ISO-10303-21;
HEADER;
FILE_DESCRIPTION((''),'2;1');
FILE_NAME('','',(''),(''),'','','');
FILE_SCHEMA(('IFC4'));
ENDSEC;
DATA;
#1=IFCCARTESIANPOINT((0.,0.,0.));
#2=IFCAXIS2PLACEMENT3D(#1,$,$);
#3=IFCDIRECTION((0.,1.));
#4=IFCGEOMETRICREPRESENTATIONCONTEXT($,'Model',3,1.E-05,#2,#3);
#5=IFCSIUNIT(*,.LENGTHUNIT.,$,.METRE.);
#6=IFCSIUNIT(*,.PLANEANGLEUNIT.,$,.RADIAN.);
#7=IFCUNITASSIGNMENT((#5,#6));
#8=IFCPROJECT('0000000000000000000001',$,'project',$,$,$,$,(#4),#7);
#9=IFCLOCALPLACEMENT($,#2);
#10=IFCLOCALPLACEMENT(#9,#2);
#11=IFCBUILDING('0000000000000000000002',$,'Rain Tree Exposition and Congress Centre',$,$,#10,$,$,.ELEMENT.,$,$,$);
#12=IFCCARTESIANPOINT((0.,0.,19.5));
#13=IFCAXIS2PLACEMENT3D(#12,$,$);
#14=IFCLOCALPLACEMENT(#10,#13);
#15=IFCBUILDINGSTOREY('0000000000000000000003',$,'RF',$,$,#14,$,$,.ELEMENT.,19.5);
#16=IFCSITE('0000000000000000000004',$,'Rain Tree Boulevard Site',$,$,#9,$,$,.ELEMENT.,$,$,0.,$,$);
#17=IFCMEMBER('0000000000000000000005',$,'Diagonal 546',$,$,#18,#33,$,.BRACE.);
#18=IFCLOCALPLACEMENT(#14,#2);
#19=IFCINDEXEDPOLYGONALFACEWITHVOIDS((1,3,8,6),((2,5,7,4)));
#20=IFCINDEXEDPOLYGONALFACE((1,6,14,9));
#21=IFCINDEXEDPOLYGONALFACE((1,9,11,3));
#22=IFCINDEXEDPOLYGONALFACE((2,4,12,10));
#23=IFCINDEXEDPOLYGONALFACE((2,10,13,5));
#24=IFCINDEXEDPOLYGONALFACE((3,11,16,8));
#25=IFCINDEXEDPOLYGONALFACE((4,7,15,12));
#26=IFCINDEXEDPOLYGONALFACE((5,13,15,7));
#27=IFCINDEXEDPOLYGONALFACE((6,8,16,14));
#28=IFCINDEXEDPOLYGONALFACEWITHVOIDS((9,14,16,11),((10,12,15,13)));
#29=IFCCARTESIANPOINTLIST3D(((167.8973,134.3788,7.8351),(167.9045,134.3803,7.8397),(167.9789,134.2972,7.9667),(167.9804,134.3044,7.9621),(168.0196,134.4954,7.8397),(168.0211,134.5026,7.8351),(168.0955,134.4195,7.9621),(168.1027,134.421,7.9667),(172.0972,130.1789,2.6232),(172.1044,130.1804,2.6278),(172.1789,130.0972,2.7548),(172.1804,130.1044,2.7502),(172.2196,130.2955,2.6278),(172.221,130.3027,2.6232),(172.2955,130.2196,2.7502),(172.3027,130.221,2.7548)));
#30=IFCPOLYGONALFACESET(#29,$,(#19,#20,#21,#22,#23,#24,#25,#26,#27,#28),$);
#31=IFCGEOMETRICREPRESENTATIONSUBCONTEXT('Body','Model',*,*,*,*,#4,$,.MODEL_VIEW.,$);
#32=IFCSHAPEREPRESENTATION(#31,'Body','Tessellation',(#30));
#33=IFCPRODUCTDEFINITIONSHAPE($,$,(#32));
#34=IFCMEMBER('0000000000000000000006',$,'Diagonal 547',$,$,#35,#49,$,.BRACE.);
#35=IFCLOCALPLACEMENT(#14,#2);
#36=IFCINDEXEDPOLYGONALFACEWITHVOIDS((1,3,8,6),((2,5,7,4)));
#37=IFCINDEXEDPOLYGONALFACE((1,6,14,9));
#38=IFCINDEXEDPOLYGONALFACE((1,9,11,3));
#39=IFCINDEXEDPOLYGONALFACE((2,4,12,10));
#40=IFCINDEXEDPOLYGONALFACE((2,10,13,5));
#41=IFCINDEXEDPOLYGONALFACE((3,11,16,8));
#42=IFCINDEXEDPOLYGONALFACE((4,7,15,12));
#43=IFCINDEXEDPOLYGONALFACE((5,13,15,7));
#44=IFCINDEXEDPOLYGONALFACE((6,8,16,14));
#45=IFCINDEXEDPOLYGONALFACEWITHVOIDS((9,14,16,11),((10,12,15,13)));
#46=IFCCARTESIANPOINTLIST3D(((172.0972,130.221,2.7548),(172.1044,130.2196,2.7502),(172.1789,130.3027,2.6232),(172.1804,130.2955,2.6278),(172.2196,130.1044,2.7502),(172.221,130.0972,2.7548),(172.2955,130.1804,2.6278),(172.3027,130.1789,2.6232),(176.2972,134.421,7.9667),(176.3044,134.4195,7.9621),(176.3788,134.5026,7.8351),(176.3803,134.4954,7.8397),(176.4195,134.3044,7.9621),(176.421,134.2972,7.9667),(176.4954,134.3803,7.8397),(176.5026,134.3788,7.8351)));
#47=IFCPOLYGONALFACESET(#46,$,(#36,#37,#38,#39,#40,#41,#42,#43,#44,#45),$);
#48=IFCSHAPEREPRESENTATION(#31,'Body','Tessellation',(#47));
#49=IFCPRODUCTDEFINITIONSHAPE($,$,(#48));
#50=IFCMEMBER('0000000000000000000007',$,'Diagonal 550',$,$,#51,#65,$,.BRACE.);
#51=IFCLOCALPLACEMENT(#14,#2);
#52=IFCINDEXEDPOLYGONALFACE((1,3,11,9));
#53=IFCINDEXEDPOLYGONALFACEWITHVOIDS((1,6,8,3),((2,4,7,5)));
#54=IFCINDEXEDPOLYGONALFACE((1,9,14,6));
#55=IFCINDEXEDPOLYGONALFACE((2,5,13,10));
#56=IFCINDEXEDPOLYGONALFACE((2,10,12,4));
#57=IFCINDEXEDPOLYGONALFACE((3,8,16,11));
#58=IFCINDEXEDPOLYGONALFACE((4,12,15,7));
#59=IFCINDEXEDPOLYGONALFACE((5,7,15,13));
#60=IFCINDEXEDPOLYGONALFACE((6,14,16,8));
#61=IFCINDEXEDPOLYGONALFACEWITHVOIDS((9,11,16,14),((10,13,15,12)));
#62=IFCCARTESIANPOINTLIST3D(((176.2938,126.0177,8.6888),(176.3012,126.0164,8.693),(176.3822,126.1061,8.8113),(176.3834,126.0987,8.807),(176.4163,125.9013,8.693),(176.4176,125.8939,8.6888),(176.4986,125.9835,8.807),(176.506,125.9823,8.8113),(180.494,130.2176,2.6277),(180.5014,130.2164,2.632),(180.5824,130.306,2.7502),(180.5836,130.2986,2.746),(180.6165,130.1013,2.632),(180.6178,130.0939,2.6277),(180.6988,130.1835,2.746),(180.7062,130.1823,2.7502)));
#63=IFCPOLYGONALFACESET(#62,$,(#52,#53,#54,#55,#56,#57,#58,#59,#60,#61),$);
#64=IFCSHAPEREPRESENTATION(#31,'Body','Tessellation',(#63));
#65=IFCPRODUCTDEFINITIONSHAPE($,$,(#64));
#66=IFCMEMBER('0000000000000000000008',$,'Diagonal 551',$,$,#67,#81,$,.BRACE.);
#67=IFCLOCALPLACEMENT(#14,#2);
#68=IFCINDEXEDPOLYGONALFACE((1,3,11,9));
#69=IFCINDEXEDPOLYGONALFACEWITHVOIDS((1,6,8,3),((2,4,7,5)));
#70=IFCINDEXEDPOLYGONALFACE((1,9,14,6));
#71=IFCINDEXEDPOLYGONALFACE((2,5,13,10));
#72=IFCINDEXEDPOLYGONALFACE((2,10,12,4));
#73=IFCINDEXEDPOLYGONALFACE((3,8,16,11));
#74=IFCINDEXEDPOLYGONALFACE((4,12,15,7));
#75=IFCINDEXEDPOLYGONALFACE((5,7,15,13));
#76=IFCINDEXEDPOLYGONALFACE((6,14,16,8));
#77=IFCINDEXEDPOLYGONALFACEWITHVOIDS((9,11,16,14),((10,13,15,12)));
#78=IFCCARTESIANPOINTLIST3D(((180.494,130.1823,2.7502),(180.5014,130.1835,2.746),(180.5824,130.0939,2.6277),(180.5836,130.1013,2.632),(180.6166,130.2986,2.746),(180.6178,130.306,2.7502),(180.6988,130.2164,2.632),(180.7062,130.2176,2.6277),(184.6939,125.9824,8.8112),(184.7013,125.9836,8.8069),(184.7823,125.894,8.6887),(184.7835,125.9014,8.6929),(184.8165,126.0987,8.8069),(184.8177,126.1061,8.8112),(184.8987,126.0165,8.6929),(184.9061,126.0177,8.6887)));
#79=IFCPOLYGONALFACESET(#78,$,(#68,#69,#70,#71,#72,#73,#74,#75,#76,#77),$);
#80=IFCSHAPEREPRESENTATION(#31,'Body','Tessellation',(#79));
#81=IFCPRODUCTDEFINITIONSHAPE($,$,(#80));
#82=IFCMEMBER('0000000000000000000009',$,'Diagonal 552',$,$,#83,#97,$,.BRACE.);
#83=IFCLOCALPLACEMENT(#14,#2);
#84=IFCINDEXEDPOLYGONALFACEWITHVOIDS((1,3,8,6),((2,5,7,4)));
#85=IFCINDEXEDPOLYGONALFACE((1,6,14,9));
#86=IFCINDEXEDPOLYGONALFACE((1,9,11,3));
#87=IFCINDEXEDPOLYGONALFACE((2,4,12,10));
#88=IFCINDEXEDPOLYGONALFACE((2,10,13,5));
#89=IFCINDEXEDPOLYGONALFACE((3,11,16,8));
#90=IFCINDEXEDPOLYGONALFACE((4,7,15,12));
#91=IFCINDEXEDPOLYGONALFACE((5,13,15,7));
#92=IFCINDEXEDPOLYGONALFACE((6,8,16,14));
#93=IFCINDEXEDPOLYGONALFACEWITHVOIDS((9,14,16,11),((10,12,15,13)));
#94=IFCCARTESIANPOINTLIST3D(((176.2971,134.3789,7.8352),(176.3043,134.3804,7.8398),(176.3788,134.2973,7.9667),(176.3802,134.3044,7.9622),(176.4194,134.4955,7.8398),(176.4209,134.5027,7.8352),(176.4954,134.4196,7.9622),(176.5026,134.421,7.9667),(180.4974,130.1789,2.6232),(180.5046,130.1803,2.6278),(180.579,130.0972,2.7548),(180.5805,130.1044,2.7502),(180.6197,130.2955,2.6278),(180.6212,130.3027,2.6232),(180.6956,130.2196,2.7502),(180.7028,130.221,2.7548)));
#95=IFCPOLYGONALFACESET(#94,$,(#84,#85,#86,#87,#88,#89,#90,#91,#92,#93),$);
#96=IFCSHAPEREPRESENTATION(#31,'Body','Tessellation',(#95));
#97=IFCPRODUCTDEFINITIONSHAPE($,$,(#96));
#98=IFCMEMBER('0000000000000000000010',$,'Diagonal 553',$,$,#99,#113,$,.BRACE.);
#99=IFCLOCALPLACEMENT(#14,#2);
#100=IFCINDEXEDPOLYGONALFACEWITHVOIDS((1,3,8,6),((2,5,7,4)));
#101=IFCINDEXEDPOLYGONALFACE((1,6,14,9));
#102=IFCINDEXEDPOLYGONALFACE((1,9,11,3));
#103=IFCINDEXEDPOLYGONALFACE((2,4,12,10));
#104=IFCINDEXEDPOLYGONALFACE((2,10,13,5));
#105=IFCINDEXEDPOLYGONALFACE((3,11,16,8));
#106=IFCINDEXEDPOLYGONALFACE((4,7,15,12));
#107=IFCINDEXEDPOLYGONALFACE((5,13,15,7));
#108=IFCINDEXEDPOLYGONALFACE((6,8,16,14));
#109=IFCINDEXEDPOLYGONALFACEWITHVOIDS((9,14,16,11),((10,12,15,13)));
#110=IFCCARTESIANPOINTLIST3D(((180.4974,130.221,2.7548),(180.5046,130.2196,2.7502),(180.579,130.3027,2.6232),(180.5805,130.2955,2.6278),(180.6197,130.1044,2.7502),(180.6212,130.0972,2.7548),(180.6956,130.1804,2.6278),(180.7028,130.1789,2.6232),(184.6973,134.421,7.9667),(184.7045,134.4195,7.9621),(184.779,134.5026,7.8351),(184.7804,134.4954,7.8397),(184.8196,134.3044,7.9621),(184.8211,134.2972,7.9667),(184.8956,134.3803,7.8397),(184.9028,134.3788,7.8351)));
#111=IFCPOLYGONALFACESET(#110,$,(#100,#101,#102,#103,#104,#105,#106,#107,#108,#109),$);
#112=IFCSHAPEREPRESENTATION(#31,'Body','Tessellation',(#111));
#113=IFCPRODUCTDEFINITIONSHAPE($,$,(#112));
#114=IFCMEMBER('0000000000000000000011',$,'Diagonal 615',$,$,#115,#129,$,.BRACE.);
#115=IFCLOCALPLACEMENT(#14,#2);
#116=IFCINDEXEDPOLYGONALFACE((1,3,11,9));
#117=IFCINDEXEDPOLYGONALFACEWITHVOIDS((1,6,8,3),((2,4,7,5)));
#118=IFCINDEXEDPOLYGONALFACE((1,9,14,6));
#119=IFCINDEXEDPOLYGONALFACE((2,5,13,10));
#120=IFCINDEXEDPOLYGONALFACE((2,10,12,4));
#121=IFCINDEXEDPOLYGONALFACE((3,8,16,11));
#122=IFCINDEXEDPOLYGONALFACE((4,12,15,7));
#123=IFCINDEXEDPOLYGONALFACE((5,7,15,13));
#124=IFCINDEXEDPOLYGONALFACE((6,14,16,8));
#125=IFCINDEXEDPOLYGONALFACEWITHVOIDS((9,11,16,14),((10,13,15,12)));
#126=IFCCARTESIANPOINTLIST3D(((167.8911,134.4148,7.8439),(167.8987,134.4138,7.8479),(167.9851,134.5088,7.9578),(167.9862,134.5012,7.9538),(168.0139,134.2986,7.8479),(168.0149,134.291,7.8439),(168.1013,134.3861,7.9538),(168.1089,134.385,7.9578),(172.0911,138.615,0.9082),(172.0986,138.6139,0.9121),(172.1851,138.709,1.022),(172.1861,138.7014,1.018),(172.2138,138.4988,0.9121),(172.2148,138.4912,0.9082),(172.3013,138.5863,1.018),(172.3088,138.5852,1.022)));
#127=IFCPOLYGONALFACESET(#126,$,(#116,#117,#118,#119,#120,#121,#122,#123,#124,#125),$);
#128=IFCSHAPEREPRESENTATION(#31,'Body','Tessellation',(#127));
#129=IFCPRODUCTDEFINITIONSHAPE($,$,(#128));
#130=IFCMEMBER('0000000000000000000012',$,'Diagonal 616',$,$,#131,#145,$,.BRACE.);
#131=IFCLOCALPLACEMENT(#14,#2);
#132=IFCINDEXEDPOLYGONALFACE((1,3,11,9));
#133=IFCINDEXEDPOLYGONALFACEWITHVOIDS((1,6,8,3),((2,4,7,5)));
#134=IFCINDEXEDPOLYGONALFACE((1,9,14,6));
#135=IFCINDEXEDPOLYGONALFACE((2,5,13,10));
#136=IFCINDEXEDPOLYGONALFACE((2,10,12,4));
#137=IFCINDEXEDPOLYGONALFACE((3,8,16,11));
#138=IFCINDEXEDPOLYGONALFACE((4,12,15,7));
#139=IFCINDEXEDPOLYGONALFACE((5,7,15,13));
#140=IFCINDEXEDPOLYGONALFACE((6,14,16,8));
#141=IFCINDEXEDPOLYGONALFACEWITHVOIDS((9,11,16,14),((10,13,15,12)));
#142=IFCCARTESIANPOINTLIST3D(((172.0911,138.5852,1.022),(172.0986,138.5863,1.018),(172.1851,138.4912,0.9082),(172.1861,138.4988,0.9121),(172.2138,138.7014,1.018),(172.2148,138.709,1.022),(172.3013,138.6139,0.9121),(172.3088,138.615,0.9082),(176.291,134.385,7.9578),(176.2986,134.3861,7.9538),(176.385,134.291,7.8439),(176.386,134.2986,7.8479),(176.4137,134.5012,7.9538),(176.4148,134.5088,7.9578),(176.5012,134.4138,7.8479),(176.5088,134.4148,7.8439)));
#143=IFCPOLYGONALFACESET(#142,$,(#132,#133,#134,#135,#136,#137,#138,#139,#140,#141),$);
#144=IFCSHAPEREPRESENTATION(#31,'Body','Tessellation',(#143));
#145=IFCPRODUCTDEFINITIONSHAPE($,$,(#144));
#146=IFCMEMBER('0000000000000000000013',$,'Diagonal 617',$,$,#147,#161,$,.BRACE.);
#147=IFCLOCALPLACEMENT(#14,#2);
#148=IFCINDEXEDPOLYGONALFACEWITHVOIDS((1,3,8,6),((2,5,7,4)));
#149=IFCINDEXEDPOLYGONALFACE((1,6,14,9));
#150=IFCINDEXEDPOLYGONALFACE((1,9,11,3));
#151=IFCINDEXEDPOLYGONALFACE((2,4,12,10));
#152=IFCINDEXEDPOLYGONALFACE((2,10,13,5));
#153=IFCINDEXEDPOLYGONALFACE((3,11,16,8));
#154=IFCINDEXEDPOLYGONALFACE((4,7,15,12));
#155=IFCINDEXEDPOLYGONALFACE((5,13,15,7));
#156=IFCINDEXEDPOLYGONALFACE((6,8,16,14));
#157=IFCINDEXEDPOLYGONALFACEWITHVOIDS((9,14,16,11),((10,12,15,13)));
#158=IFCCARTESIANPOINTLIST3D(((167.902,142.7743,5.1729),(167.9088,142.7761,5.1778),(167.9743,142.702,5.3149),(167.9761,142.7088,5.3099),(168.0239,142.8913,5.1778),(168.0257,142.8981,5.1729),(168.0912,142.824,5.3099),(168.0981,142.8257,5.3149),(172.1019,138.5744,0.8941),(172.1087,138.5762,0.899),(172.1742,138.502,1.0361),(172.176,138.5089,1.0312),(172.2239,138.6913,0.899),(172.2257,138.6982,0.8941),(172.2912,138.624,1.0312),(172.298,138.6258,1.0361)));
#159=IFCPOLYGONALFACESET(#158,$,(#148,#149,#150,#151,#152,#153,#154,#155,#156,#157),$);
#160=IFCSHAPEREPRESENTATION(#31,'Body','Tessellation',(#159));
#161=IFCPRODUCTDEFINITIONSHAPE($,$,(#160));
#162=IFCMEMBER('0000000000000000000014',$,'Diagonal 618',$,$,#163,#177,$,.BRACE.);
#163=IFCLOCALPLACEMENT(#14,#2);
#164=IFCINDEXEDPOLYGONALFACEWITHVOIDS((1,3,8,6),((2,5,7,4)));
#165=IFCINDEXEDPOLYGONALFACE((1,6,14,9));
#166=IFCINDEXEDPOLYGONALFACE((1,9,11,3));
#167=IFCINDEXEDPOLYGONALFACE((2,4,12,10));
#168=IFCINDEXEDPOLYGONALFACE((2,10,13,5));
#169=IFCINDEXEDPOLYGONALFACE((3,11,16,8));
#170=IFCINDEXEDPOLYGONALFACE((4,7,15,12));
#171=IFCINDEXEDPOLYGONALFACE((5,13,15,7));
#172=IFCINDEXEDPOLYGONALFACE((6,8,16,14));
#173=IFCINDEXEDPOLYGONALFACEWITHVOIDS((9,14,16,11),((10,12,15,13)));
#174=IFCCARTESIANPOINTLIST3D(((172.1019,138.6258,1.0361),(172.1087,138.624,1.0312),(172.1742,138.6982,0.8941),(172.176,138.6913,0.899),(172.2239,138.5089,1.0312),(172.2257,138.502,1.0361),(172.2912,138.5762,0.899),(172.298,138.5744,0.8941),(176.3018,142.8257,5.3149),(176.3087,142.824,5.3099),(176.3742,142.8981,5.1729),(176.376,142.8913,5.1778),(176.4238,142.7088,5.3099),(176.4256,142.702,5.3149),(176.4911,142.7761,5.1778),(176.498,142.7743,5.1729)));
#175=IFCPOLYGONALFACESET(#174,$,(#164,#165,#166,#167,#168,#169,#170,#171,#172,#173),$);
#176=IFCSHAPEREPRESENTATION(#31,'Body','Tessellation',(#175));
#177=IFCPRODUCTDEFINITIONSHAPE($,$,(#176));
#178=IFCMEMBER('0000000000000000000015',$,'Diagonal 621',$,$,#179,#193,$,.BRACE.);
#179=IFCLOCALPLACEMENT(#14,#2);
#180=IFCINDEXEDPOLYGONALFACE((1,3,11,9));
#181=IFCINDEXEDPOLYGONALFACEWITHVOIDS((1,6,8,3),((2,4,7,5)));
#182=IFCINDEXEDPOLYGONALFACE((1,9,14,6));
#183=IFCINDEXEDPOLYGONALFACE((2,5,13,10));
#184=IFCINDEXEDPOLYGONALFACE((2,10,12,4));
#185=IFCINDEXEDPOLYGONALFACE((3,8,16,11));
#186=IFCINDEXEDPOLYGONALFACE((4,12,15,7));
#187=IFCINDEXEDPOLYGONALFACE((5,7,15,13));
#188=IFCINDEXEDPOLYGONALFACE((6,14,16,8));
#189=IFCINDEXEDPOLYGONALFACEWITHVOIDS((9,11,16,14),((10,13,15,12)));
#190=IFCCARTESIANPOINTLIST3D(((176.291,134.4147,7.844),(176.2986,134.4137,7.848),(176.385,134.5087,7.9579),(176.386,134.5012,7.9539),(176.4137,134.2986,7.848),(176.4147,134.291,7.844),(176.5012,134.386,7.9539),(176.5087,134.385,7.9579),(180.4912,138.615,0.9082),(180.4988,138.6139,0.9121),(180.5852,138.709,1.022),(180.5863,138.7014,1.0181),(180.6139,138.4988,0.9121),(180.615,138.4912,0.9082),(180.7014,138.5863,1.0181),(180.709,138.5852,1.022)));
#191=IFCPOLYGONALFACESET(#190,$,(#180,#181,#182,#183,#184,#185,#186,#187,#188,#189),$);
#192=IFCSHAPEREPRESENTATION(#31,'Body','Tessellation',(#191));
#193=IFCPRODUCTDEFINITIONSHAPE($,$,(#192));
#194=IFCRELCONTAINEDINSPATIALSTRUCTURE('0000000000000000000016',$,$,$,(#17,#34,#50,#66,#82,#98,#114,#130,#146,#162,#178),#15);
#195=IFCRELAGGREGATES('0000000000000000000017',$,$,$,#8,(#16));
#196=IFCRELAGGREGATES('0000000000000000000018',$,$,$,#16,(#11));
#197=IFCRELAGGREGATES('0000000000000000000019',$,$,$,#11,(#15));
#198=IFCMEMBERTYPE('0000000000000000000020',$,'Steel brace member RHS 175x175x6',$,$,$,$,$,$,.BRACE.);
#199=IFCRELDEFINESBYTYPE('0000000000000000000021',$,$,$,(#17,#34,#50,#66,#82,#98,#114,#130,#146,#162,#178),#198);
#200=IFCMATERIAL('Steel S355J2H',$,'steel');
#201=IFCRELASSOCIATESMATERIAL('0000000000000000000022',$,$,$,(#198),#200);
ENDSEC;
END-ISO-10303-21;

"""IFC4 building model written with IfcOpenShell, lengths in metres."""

from ifc_helpers import new_model, si_unit, direction, frame, origin, origin_2d, place, context, subcontext, project, spatial, hollow_rectangle, extrude, material, material_profile, profile_set, type_object, element, save


model = new_model("IFC4")

# Units and contexts
model_context = context("Model", 3, precision=1e-05, world=origin(), true_north=direction((0.0, 1.0)))
body_context = subcontext(model_context, "Body", "Model", "MODEL_VIEW")
ifc_project = project(units=[si_unit("LENGTHUNIT", "METRE"), si_unit("PLANEANGLEUNIT", "RADIAN")], contexts=[model_context])

# Site, building, storey
site_placement = place(None, origin())
site = spatial("IfcSite", under=ifc_project, at=site_placement, Name="Rain Tree Boulevard Site", CompositionType="ELEMENT", RefElevation=0.0)
building_placement = place(site_placement, origin())
building = spatial("IfcBuilding", under=site, at=building_placement, Name="Rain Tree Exposition and Congress Centre", CompositionType="ELEMENT")
storey_placement = place(building_placement, frame((0.0, 0.0, 19.5)))
storey = spatial("IfcBuildingStorey", under=building, at=storey_placement, Name="RF", CompositionType="ELEMENT", Elevation=19.5)

# Members
ifc_material_1 = material(Name="Steel S355J2H", Category="steel")
ifc_material_profile_1 = material_profile(ifc_material_1, hollow_rectangle(XDim=0.175, YDim=0.175, WallThickness=0.0061, at=origin_2d()), Name="RHS 175x175x6")
ifc_profile_set_1 = profile_set([ifc_material_profile_1], Name="Steel S355J2H")
member_type_1 = type_object("IfcMemberType", Name="Steel brace member RHS 175x175x6", PredefinedType="BRACE", material=ifc_profile_set_1)
for number, where, z_axis, x_axis, name in (
    (1, (172.2, 130.2, 2.689), (-0.531498, 0.531498, 0.65956), (-0.707107, -0.707107, 0.0), "Diagonal 546"),
    (2, (172.2, 130.2, 2.689), (0.531498, 0.531498, 0.65956), (-0.707107, 0.707107, 0.0), "Diagonal 547"),
):
    element("IfcMember", number, at=place(storey_placement, frame(where, z_axis=z_axis, x_axis=x_axis)), inside=storey, type_object=member_type_1, Name=name, PredefinedType="BRACE", context=body_context, shape_type="SweptSolid", body=[
        extrude(hollow_rectangle(XDim=0.175, YDim=0.175, WallThickness=0.0061, at=origin_2d()), origin(), (0.0, 0.0, 1.0), 7.9021),
    ])
member_1_placement = place(storey_placement, frame((180.6001, 130.2, 2.689), z_axis=(-0.494938, -0.494909, 0.714214), x_axis=(0.707086, -0.707127, 0.0)))
element("IfcMember", 3, at=member_1_placement, inside=storey, type_object=member_type_1, Name="Diagonal 550", PredefinedType="BRACE", context=body_context, shape_type="SweptSolid", body=[
    extrude(hollow_rectangle(XDim=0.175, YDim=0.175, WallThickness=0.0061, at=origin_2d()), origin(), (0.0, 0.0, 1.0), 8.4863),
])
member_2_placement = place(storey_placement, frame((180.6001, 130.2, 2.689), z_axis=(0.494916, -0.494916, 0.714224), x_axis=(0.707107, 0.707107, 0.0)))
element("IfcMember", 4, at=member_2_placement, inside=storey, type_object=member_type_1, Name="Diagonal 551", PredefinedType="BRACE", context=body_context, shape_type="SweptSolid", body=[
    extrude(hollow_rectangle(XDim=0.175, YDim=0.175, WallThickness=0.0061, at=origin_2d()), origin(), (0.0, 0.0, 1.0), 8.4861),
])
member_3_placement = place(storey_placement, frame((180.6001, 130.2, 2.689), z_axis=(-0.53152, 0.531489, 0.65955), x_axis=(-0.707086, -0.707127, 0.0)))
element("IfcMember", 5, at=member_3_placement, inside=storey, type_object=member_type_1, Name="Diagonal 552", PredefinedType="BRACE", context=body_context, shape_type="SweptSolid", body=[
    extrude(hollow_rectangle(XDim=0.175, YDim=0.175, WallThickness=0.0061, at=origin_2d()), origin(), (0.0, 0.0, 1.0), 7.9023),
])
member_4_placement = place(storey_placement, frame((180.6001, 130.2, 2.689), z_axis=(0.531498, 0.531498, 0.65956), x_axis=(-0.707107, 0.707107, 0.0)))
element("IfcMember", 6, at=member_4_placement, inside=storey, type_object=member_type_1, Name="Diagonal 553", PredefinedType="BRACE", context=body_context, shape_type="SweptSolid", body=[
    extrude(hollow_rectangle(XDim=0.175, YDim=0.175, WallThickness=0.0061, at=origin_2d()), origin(), (0.0, 0.0, 1.0), 7.9021),
])
for number, where, z_axis, x_axis, name in (
    (7, (172.2, 138.6001, 0.9651), (-0.459935, -0.459962, 0.759536), (0.707127, -0.707086, 0.0), "Diagonal 615"),
    (8, (172.2, 138.6001, 0.9651), (0.459935, -0.459962, 0.759536), (0.707127, 0.707086, 0.0), "Diagonal 616"),
):
    element("IfcMember", number, at=place(storey_placement, frame(where, z_axis=z_axis, x_axis=x_axis)), inside=storey, type_object=member_type_1, Name=name, PredefinedType="BRACE", context=body_context, shape_type="SweptSolid", body=[
        extrude(hollow_rectangle(XDim=0.175, YDim=0.175, WallThickness=0.0061, at=origin_2d()), origin(), (0.0, 0.0, 1.0), 9.1316),
    ])
for number, where, z_axis, x_axis, name in (
    (9, (172.2, 138.6001, 0.9651), (-0.573737, 0.573737, 0.58451), (-0.707107, -0.707107, 0.0), "Diagonal 617"),
    (10, (172.2, 138.6001, 0.9651), (0.573737, 0.573737, 0.58451), (-0.707107, 0.707107, 0.0), "Diagonal 618"),
):
    element("IfcMember", number, at=place(storey_placement, frame(where, z_axis=z_axis, x_axis=x_axis)), inside=storey, type_object=member_type_1, Name=name, PredefinedType="BRACE", context=body_context, shape_type="SweptSolid", body=[
        extrude(hollow_rectangle(XDim=0.175, YDim=0.175, WallThickness=0.0061, at=origin_2d()), origin(), (0.0, 0.0, 1.0), 7.3203),
    ])
member_5_placement = place(storey_placement, frame((180.6001, 138.6001, 0.9651), z_axis=(-0.459956, -0.459956, 0.759527), x_axis=(0.707107, -0.707107, 0.0)))
element("IfcMember", 11, at=member_5_placement, inside=storey, type_object=member_type_1, Name="Diagonal 621", PredefinedType="BRACE", context=body_context, shape_type="SweptSolid", body=[
    extrude(hollow_rectangle(XDim=0.175, YDim=0.175, WallThickness=0.0061, at=origin_2d()), origin(), (0.0, 0.0, 1.0), 9.1318),
])

save(model, "model.ifc")
